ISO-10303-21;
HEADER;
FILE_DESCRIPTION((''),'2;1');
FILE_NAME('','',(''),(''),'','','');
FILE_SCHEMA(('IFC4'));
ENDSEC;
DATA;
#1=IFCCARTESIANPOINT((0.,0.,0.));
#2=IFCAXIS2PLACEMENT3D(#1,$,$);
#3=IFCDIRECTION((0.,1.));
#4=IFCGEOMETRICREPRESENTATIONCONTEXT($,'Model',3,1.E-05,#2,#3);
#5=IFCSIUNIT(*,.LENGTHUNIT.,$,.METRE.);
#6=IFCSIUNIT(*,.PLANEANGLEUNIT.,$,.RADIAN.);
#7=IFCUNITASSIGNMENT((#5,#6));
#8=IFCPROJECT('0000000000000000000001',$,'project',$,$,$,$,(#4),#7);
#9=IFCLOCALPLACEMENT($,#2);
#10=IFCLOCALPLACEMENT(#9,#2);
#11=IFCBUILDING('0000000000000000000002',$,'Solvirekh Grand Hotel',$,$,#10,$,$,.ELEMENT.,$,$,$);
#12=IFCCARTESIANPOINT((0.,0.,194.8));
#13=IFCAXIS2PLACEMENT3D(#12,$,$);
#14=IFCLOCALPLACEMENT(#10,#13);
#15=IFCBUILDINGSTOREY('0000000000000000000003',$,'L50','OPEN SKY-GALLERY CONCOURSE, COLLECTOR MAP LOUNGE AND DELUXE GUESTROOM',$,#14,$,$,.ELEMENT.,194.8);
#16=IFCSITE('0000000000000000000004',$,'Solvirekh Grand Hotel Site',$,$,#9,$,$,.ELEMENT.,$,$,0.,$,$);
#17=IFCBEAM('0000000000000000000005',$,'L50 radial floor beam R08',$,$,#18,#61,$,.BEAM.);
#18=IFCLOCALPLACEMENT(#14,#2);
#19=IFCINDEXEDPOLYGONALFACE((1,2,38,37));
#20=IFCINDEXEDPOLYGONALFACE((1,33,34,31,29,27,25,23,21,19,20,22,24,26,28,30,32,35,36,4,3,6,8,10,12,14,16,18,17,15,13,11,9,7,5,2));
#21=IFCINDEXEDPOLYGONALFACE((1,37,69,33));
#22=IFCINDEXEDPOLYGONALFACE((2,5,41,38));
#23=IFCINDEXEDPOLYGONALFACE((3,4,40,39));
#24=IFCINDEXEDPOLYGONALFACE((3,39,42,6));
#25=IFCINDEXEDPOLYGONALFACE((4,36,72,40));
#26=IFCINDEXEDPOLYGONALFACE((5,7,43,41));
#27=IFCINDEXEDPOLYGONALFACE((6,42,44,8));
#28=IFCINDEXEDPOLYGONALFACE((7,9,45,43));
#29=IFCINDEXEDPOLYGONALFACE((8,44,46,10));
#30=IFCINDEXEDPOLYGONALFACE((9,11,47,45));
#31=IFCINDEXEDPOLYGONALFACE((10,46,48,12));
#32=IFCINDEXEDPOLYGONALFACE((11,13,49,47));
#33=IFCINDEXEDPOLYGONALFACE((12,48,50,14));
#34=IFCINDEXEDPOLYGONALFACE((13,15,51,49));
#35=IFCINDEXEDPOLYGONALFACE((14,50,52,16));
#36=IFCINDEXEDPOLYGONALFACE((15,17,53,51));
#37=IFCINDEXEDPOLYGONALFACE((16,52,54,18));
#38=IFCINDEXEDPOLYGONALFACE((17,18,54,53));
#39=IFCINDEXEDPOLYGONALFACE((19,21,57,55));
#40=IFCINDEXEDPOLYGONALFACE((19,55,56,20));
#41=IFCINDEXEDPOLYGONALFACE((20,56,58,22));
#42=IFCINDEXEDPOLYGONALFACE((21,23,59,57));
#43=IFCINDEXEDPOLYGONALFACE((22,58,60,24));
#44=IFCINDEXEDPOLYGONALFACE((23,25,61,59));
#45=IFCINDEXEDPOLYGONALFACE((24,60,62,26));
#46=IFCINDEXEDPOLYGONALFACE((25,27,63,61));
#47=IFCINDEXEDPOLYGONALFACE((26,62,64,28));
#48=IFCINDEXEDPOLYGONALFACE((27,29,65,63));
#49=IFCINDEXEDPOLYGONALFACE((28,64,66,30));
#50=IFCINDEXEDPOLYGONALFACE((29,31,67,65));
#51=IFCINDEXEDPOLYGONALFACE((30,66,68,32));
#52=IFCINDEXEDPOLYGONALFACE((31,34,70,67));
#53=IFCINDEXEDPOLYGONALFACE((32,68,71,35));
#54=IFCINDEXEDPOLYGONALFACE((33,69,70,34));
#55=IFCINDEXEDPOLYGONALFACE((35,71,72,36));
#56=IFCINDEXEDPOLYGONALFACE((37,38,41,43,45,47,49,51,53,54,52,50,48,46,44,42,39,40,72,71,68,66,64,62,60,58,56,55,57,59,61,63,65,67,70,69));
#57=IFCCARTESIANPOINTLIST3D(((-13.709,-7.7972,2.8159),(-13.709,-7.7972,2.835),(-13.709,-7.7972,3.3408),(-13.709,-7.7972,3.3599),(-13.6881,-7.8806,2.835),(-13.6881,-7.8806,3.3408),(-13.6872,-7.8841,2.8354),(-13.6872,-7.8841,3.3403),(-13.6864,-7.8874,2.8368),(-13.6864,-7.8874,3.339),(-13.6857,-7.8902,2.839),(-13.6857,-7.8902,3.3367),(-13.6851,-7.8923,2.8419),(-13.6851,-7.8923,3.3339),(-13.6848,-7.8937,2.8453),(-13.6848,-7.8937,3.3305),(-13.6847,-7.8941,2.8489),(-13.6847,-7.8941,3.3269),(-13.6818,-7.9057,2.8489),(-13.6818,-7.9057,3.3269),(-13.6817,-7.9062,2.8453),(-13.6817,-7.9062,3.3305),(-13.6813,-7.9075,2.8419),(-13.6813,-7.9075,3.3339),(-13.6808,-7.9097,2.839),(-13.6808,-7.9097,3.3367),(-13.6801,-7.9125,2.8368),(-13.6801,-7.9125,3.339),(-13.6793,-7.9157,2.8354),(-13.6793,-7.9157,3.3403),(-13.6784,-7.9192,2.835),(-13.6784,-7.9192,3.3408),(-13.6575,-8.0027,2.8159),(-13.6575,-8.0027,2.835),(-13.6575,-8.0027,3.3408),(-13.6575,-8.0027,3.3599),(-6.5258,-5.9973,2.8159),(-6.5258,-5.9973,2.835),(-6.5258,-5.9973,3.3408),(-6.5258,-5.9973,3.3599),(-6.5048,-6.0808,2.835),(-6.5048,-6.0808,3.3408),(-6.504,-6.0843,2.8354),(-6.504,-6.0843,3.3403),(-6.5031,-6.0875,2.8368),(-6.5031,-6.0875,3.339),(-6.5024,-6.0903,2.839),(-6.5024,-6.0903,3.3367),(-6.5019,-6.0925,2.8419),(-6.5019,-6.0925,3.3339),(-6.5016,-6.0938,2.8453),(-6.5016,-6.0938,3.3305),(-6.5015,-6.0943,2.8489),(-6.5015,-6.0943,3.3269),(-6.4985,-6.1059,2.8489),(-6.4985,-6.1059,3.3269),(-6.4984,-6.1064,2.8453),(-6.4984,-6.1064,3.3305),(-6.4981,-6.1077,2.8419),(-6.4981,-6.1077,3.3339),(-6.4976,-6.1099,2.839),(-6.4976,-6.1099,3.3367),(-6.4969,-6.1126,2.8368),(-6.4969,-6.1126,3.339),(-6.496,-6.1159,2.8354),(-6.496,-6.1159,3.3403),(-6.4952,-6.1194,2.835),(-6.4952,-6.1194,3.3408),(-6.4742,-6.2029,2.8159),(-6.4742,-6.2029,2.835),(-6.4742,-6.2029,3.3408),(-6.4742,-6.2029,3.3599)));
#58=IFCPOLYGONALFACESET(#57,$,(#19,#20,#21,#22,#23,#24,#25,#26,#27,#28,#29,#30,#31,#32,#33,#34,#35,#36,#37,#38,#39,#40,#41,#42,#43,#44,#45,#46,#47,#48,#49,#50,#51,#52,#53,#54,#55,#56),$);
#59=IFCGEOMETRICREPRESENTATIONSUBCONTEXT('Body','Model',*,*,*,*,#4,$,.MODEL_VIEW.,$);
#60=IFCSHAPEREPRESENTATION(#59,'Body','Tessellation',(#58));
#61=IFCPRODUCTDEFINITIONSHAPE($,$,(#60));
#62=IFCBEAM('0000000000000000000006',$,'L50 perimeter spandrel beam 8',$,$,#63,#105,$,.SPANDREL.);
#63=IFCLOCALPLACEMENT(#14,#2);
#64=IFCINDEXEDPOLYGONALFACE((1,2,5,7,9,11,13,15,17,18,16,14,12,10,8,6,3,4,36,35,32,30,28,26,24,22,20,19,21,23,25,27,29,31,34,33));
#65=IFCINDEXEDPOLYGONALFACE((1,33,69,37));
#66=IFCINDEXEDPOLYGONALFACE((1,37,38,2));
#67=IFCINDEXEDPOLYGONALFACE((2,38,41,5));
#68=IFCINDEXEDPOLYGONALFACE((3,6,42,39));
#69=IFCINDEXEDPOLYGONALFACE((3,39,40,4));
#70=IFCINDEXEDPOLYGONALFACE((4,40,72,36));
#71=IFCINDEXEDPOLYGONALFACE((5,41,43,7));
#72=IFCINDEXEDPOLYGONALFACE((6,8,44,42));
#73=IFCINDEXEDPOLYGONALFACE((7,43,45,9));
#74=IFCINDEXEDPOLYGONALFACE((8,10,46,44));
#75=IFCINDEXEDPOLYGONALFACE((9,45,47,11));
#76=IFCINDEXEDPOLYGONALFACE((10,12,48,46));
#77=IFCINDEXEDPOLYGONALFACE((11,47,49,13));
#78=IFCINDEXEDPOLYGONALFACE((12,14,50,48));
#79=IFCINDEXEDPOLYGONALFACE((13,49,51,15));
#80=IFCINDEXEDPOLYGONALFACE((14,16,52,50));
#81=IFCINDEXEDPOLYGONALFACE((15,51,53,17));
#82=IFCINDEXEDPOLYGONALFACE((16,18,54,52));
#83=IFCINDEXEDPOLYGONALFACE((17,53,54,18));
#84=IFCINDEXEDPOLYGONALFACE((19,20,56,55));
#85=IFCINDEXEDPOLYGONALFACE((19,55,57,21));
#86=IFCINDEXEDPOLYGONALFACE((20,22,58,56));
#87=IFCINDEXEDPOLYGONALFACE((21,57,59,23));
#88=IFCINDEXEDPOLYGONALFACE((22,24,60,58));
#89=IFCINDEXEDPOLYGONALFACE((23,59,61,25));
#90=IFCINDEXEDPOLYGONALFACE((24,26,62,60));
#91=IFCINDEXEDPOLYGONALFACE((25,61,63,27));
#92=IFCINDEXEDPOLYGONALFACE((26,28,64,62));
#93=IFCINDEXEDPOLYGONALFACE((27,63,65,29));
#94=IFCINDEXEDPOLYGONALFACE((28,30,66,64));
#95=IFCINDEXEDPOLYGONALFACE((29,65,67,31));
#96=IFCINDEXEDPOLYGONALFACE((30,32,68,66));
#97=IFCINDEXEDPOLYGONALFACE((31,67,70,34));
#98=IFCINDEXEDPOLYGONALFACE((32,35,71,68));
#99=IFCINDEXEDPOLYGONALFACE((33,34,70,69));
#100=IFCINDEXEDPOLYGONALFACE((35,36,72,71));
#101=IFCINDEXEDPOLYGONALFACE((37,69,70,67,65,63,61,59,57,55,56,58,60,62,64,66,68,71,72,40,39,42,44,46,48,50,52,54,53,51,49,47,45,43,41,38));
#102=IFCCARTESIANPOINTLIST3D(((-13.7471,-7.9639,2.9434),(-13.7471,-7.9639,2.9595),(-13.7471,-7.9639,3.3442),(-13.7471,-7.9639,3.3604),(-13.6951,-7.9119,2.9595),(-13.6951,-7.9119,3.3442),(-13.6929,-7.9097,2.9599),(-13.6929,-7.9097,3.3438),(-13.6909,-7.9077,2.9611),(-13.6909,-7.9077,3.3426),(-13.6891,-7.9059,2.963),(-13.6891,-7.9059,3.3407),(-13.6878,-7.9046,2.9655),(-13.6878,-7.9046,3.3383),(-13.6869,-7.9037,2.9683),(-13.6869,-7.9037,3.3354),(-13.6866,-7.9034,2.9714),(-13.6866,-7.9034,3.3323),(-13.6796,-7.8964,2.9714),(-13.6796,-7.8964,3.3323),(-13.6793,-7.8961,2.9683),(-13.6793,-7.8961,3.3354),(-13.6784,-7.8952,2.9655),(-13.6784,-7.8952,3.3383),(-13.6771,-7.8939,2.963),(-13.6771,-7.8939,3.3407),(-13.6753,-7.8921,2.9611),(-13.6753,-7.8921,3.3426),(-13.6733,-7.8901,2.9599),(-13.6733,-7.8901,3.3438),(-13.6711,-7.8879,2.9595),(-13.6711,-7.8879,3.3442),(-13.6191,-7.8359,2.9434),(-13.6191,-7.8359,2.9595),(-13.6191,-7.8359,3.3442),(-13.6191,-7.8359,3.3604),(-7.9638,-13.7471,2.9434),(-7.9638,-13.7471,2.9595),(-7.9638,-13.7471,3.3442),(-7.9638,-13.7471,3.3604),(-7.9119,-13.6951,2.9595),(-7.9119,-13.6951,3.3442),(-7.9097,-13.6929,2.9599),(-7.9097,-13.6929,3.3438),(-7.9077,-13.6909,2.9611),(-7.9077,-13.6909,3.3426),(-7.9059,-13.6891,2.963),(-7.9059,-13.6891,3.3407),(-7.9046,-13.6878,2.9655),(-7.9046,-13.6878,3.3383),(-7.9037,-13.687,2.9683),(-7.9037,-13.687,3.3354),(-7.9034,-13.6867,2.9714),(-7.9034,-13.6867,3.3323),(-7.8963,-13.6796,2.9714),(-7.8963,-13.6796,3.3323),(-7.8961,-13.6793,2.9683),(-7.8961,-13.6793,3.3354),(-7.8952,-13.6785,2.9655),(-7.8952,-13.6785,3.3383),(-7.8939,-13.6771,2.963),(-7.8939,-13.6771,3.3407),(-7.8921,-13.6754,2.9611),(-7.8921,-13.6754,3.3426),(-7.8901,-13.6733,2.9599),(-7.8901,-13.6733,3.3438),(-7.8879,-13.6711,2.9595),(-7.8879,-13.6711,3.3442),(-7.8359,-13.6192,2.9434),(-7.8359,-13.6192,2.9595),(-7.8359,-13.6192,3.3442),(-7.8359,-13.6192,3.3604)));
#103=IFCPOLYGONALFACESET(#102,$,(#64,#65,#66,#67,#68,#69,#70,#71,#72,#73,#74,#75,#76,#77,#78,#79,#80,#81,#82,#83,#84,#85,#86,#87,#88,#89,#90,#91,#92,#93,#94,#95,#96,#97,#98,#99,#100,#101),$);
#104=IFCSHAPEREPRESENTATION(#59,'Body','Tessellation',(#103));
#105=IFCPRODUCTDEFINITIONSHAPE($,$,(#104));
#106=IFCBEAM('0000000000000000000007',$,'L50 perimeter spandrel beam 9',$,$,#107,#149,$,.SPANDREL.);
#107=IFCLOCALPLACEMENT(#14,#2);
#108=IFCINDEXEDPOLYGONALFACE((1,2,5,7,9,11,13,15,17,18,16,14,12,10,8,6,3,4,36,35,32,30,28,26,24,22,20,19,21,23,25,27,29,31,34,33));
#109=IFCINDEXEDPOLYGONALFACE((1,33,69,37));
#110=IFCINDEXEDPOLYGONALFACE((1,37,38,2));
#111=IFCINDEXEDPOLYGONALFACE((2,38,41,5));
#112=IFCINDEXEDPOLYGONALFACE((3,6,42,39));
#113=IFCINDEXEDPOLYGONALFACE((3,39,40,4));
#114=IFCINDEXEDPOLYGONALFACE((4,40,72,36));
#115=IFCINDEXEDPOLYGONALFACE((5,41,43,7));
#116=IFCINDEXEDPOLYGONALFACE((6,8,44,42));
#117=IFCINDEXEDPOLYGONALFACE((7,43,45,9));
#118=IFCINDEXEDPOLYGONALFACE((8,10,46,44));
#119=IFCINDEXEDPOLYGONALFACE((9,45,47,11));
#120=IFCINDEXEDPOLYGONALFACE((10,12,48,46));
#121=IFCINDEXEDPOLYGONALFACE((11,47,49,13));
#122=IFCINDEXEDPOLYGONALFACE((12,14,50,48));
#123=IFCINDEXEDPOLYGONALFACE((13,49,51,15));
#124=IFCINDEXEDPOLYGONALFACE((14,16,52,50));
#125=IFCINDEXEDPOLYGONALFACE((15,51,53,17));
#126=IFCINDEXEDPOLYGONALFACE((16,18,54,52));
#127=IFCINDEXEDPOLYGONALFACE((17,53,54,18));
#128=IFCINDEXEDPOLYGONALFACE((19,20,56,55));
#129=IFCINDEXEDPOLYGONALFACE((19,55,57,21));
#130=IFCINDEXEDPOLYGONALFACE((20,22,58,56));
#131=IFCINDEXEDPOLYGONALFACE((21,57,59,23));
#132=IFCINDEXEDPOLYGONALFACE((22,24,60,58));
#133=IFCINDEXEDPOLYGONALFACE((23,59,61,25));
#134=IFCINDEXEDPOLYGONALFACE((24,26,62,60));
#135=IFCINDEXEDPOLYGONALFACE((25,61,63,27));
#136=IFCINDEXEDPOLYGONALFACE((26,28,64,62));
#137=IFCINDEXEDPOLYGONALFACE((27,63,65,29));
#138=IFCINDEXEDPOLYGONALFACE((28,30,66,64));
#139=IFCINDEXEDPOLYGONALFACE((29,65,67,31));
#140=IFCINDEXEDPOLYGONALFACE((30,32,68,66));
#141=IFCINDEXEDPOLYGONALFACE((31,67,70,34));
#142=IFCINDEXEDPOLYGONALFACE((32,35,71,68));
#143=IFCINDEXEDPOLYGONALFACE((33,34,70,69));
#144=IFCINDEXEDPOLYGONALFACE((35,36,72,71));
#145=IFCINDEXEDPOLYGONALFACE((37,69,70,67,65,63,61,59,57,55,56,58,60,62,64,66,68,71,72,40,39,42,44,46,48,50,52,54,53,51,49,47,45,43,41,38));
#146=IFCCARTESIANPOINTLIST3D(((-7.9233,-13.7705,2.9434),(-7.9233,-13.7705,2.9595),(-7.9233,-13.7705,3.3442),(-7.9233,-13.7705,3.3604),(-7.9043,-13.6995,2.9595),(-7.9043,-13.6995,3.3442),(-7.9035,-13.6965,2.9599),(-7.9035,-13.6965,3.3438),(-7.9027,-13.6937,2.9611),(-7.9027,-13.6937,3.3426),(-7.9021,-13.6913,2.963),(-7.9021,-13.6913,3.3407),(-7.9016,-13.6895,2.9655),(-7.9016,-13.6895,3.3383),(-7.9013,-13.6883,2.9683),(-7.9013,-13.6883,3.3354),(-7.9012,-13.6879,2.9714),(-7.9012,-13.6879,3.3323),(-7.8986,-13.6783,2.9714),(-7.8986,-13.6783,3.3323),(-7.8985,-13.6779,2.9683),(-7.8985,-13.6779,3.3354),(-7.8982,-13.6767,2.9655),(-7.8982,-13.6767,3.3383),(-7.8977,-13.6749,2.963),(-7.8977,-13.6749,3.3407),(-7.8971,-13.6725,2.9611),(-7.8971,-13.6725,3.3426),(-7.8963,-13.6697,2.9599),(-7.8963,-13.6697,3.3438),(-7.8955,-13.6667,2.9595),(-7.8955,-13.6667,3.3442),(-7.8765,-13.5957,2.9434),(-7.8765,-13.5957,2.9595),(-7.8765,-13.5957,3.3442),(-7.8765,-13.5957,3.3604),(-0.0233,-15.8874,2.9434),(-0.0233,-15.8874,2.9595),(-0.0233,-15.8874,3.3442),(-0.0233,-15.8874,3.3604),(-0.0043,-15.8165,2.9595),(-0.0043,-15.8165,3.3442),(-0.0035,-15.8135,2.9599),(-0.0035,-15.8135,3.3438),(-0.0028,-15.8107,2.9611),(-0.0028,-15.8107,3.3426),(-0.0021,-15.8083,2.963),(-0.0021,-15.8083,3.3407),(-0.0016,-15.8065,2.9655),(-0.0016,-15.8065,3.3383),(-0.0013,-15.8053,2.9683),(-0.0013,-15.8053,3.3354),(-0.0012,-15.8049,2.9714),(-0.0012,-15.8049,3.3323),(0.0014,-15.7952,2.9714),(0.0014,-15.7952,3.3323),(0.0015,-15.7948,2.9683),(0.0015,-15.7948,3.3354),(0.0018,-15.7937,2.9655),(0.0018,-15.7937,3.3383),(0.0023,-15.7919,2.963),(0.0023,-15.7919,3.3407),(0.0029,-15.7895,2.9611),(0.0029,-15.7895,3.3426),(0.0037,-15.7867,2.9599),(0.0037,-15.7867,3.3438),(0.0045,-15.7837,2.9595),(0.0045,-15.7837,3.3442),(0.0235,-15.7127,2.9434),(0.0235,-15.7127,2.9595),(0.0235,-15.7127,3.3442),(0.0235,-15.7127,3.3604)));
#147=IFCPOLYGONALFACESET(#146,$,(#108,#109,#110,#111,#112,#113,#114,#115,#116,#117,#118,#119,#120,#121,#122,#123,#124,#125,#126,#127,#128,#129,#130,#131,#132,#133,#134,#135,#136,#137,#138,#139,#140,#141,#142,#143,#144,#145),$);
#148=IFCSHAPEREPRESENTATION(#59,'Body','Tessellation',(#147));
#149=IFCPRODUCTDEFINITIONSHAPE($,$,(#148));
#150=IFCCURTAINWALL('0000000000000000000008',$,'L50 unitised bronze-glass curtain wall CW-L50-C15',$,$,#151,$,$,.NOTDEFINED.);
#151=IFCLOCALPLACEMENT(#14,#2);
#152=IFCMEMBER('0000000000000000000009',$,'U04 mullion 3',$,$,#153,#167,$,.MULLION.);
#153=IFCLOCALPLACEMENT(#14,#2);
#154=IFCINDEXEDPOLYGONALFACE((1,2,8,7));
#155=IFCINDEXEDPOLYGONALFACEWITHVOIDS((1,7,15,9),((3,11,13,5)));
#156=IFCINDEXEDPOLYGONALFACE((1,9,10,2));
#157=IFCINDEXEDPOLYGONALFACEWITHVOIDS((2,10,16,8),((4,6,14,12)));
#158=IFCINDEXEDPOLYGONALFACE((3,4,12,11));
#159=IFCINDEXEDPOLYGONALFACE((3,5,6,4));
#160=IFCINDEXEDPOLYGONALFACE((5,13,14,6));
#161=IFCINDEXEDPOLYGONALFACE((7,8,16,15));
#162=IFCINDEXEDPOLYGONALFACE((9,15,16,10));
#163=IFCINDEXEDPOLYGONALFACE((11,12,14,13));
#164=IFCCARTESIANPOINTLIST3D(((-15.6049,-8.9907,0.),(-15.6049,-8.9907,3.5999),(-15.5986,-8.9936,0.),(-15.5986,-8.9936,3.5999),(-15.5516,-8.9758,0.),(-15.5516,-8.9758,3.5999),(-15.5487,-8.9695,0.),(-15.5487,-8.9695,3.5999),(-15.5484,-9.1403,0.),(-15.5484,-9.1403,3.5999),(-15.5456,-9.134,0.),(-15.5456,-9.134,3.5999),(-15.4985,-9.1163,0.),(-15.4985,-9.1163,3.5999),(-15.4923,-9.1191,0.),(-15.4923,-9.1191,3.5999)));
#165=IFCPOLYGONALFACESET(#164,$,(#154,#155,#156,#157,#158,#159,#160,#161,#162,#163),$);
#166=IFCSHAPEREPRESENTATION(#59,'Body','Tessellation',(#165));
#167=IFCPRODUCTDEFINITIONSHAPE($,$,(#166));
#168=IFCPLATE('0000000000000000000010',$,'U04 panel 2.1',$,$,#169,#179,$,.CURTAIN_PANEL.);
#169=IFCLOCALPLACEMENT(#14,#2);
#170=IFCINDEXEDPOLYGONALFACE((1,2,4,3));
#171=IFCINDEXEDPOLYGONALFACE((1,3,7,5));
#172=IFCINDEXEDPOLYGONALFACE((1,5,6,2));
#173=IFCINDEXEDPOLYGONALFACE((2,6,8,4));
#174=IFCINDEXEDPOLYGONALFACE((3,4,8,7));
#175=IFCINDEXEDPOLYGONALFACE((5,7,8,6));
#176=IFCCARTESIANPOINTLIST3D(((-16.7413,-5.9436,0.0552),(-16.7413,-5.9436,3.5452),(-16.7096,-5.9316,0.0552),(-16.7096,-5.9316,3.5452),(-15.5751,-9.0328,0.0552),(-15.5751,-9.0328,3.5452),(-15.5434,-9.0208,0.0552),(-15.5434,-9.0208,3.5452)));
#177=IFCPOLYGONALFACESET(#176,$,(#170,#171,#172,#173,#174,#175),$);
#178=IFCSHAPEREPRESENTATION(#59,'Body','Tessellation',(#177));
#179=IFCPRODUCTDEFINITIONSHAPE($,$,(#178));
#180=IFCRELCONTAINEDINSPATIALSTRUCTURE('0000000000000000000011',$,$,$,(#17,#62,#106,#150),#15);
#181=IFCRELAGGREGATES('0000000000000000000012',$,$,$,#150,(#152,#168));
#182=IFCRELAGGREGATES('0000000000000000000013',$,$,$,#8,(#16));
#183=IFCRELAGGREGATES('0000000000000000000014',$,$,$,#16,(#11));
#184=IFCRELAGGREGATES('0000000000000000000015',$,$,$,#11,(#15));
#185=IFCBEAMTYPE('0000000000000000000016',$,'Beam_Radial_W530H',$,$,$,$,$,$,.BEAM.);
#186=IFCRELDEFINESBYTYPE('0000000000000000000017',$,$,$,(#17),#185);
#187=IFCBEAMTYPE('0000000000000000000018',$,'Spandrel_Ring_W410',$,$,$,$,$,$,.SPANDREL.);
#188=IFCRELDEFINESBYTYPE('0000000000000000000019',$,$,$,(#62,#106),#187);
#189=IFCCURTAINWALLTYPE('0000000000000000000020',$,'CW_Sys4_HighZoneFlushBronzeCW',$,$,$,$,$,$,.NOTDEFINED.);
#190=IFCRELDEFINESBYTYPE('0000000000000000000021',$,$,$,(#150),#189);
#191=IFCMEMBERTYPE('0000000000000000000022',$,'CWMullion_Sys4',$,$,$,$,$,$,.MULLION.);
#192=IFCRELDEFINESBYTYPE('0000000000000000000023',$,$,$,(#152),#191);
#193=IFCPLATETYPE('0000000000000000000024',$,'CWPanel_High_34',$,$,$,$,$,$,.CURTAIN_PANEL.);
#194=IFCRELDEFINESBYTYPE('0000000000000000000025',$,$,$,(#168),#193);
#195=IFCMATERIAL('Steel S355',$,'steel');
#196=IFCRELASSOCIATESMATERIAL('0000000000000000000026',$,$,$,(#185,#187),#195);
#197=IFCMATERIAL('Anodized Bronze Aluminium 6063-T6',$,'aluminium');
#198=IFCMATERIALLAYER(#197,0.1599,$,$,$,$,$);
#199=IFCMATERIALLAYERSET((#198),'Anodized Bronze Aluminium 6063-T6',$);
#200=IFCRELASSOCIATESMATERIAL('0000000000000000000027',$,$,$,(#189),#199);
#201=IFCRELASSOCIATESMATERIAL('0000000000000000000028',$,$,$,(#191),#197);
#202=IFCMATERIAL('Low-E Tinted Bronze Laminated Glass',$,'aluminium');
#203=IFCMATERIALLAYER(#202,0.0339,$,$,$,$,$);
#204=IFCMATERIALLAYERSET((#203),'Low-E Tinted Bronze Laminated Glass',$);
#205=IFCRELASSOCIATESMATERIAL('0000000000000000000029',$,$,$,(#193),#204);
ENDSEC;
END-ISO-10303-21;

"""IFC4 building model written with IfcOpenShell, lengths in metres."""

from ifc_helpers import new_model, si_unit, direction, frame, origin, origin_2d, place, context, subcontext, project, spatial, rectangle, hollow_rectangle, i_section, extrude, source, transform, mapped, material, layer, layer_set, material_profile, profile_set, type_object, element, aggregate, save


model = new_model("IFC4")

# Units and contexts
model_context = context("Model", 3, precision=1e-05, world=origin(), true_north=direction((0.0, 1.0)))
body_context = subcontext(model_context, "Body", "Model", "MODEL_VIEW")
ifc_project = project(units=[si_unit("LENGTHUNIT", "METRE"), si_unit("PLANEANGLEUNIT", "RADIAN")], contexts=[model_context])

# Site, building, storey
site_placement = place(None, origin())
site = spatial("IfcSite", under=ifc_project, at=site_placement, Name="Solvirekh Grand Hotel Site", CompositionType="ELEMENT", RefElevation=0.0)
building_placement = place(site_placement, origin())
building = spatial("IfcBuilding", under=site, at=building_placement, Name="Solvirekh Grand Hotel", CompositionType="ELEMENT")
storey_placement = place(building_placement, frame((0.0, 0.0, 194.8)))
storey = spatial("IfcBuildingStorey", under=building, at=storey_placement, Name="L50", Description="OPEN SKY-GALLERY CONCOURSE, COLLECTOR MAP LOUNGE AND DELUXE GUESTROOM", CompositionType="ELEMENT", Elevation=194.8)

# Beams
ifc_material_1 = material(Name="Steel S355", Category="steel")
ifc_material_profile_1 = material_profile(ifc_material_1, i_section(OverallWidth=0.2119, OverallDepth=0.5439, WebThickness=0.012, FlangeThickness=0.019, FilletRadius=0.0139, at=origin_2d()), Name="W530X123")
ifc_profile_set_1 = profile_set([ifc_material_profile_1], Name="Steel S355")
beam_type_1 = type_object("IfcBeamType", Name="Beam_Radial_W530H", PredefinedType="BEAM", material=ifc_profile_set_1)
beam_1_placement = place(storey_placement, frame((-6.5, -6.1001, 3.0879), z_axis=(-0.970014, -0.243048, 0.0), x_axis=(0.243048, -0.970014, 0.0)))
element("IfcBeam", 1, at=beam_1_placement, inside=storey, type_object=beam_type_1, Name="L50 radial floor beam R08", PredefinedType="BEAM", context=body_context, shape_type="SweptSolid", body=[
    extrude(i_section(OverallWidth=0.2119, OverallDepth=0.5439, WebThickness=0.012, FlangeThickness=0.019, FilletRadius=0.0139, at=origin_2d()), origin(), (0.0, 0.0, 1.0), 7.4053),
])
ifc_material_profile_2 = material_profile(ifc_material_1, i_section(OverallWidth=0.1809, OverallDepth=0.417, WebThickness=0.01, FlangeThickness=0.0161, FilletRadius=0.012, at=origin_2d()), Name="W410X85")
ifc_profile_set_2 = profile_set([ifc_material_profile_2], Name="Steel S355")
beam_type_2 = type_object("IfcBeamType", Name="Spandrel_Ring_W410", PredefinedType="SPANDREL", material=ifc_profile_set_2)
for number, where, z_axis, x_axis, name in (
    (2, (-13.6831, -7.8999, 3.1519), (0.707107, -0.707107, 0.0), (0.707107, 0.707107, 0.0), "L50 perimeter spandrel beam 8"),
    (3, (-7.8999, -13.6831, 3.1519), (0.965921, -0.258839, 0.0), (0.258839, 0.965921, 0.0), "L50 perimeter spandrel beam 9"),
):
    element("IfcBeam", number, at=place(storey_placement, frame(where, z_axis=z_axis, x_axis=x_axis)), inside=storey, type_object=beam_type_2, Name=name, PredefinedType="SPANDREL", context=body_context, shape_type="SweptSolid", body=[
        extrude(i_section(OverallWidth=0.1809, OverallDepth=0.417, WebThickness=0.01, FlangeThickness=0.0161, FilletRadius=0.012, at=origin_2d()), origin(), (0.0, 0.0, 1.0), 8.1787),
    ])

# Curtain wall, member, plate
ifc_material_2 = material(Name="Anodized Bronze Aluminium 6063-T6", Category="aluminium")
ifc_layer_1 = layer(ifc_material_2, 0.1599)
ifc_layer_set_1 = layer_set([ifc_layer_1], Name="Anodized Bronze Aluminium 6063-T6")
curtain_wall_type = type_object("IfcCurtainWallType", Name="CW_Sys4_HighZoneFlushBronzeCW", PredefinedType="NOTDEFINED", material=ifc_layer_set_1)
curtain_wall_placement = place(storey_placement, origin())
curtain_wall = element("IfcCurtainWall", 4, at=curtain_wall_placement, inside=storey, type_object=curtain_wall_type, Name="L50 unitised bronze-glass curtain wall CW-L50-C15", PredefinedType="NOTDEFINED")
ifc_material_profile_3 = material_profile(ifc_material_2, hollow_rectangle(XDim=0.0601, YDim=0.1599, WallThickness=0.0049, at=origin_2d()), Name="ALU RHS 160X60X5")
ifc_profile_set_3 = profile_set([ifc_material_profile_3], Name="Anodized Bronze Aluminium 6063-T6")
member_type = type_object("IfcMemberType", Name="CWMullion_Sys4", PredefinedType="MULLION", material=ifc_profile_set_3)
shared_shape_1 = source(origin(), body_context, "Body", "SweptSolid", [
    extrude(hollow_rectangle(XDim=0.0601, YDim=0.1599, WallThickness=0.0049, at=origin_2d()), origin(), (0.0, 0.0, 1.0), 3.5999),
])
member_placement = place(storey_placement, frame((-15.5486, -9.0549, 0.0), z_axis=(0.0, 0.0, 1.0), x_axis=(0.935558, 0.353174, 0.0)))
member = element("IfcMember", 5, at=member_placement, type_object=member_type, Name="U04 mullion 3", PredefinedType="MULLION", context=body_context, shape_type="MappedRepresentation", body=[
    mapped(shared_shape_1, transform((0.0, 0.0, 0.0), x_axis=(1.0, 0.0, 0.0), y_axis=(0.0, 1.0, 0.0), z_axis=(0.0, 0.0, 1.0), scale=1.0)),
])
ifc_material_3 = material(Name="Low-E Tinted Bronze Laminated Glass", Category="aluminium")
ifc_layer_2 = layer(ifc_material_3, 0.0339)
ifc_layer_set_2 = layer_set([ifc_layer_2], Name="Low-E Tinted Bronze Laminated Glass")
plate_type = type_object("IfcPlateType", Name="CWPanel_High_34", PredefinedType="CURTAIN_PANEL", material=ifc_layer_set_2)
shared_shape_2 = source(origin(), body_context, "Body", "SweptSolid", [
    extrude(rectangle(XDim=3.302, YDim=0.0339, at=origin_2d()), origin(), (0.0, 0.0, 1.0), 3.49),
])
plate_placement = place(storey_placement, frame((-16.1423, -7.4822, 0.0552), z_axis=(0.0, 0.0, 1.0), x_axis=(0.353174, -0.935558, 0.0)))
plate = element("IfcPlate", 6, at=plate_placement, type_object=plate_type, Name="U04 panel 2.1", PredefinedType="CURTAIN_PANEL", context=body_context, shape_type="MappedRepresentation", body=[
    mapped(shared_shape_2, transform((0.0, 0.0, 0.0), x_axis=(1.0, 0.0, 0.0), y_axis=(0.0, 1.0, 0.0), z_axis=(0.0, 0.0, 1.0), scale=1.0)),
])
aggregate(curtain_wall, [member, plate])

save(model, "model.ifc")
